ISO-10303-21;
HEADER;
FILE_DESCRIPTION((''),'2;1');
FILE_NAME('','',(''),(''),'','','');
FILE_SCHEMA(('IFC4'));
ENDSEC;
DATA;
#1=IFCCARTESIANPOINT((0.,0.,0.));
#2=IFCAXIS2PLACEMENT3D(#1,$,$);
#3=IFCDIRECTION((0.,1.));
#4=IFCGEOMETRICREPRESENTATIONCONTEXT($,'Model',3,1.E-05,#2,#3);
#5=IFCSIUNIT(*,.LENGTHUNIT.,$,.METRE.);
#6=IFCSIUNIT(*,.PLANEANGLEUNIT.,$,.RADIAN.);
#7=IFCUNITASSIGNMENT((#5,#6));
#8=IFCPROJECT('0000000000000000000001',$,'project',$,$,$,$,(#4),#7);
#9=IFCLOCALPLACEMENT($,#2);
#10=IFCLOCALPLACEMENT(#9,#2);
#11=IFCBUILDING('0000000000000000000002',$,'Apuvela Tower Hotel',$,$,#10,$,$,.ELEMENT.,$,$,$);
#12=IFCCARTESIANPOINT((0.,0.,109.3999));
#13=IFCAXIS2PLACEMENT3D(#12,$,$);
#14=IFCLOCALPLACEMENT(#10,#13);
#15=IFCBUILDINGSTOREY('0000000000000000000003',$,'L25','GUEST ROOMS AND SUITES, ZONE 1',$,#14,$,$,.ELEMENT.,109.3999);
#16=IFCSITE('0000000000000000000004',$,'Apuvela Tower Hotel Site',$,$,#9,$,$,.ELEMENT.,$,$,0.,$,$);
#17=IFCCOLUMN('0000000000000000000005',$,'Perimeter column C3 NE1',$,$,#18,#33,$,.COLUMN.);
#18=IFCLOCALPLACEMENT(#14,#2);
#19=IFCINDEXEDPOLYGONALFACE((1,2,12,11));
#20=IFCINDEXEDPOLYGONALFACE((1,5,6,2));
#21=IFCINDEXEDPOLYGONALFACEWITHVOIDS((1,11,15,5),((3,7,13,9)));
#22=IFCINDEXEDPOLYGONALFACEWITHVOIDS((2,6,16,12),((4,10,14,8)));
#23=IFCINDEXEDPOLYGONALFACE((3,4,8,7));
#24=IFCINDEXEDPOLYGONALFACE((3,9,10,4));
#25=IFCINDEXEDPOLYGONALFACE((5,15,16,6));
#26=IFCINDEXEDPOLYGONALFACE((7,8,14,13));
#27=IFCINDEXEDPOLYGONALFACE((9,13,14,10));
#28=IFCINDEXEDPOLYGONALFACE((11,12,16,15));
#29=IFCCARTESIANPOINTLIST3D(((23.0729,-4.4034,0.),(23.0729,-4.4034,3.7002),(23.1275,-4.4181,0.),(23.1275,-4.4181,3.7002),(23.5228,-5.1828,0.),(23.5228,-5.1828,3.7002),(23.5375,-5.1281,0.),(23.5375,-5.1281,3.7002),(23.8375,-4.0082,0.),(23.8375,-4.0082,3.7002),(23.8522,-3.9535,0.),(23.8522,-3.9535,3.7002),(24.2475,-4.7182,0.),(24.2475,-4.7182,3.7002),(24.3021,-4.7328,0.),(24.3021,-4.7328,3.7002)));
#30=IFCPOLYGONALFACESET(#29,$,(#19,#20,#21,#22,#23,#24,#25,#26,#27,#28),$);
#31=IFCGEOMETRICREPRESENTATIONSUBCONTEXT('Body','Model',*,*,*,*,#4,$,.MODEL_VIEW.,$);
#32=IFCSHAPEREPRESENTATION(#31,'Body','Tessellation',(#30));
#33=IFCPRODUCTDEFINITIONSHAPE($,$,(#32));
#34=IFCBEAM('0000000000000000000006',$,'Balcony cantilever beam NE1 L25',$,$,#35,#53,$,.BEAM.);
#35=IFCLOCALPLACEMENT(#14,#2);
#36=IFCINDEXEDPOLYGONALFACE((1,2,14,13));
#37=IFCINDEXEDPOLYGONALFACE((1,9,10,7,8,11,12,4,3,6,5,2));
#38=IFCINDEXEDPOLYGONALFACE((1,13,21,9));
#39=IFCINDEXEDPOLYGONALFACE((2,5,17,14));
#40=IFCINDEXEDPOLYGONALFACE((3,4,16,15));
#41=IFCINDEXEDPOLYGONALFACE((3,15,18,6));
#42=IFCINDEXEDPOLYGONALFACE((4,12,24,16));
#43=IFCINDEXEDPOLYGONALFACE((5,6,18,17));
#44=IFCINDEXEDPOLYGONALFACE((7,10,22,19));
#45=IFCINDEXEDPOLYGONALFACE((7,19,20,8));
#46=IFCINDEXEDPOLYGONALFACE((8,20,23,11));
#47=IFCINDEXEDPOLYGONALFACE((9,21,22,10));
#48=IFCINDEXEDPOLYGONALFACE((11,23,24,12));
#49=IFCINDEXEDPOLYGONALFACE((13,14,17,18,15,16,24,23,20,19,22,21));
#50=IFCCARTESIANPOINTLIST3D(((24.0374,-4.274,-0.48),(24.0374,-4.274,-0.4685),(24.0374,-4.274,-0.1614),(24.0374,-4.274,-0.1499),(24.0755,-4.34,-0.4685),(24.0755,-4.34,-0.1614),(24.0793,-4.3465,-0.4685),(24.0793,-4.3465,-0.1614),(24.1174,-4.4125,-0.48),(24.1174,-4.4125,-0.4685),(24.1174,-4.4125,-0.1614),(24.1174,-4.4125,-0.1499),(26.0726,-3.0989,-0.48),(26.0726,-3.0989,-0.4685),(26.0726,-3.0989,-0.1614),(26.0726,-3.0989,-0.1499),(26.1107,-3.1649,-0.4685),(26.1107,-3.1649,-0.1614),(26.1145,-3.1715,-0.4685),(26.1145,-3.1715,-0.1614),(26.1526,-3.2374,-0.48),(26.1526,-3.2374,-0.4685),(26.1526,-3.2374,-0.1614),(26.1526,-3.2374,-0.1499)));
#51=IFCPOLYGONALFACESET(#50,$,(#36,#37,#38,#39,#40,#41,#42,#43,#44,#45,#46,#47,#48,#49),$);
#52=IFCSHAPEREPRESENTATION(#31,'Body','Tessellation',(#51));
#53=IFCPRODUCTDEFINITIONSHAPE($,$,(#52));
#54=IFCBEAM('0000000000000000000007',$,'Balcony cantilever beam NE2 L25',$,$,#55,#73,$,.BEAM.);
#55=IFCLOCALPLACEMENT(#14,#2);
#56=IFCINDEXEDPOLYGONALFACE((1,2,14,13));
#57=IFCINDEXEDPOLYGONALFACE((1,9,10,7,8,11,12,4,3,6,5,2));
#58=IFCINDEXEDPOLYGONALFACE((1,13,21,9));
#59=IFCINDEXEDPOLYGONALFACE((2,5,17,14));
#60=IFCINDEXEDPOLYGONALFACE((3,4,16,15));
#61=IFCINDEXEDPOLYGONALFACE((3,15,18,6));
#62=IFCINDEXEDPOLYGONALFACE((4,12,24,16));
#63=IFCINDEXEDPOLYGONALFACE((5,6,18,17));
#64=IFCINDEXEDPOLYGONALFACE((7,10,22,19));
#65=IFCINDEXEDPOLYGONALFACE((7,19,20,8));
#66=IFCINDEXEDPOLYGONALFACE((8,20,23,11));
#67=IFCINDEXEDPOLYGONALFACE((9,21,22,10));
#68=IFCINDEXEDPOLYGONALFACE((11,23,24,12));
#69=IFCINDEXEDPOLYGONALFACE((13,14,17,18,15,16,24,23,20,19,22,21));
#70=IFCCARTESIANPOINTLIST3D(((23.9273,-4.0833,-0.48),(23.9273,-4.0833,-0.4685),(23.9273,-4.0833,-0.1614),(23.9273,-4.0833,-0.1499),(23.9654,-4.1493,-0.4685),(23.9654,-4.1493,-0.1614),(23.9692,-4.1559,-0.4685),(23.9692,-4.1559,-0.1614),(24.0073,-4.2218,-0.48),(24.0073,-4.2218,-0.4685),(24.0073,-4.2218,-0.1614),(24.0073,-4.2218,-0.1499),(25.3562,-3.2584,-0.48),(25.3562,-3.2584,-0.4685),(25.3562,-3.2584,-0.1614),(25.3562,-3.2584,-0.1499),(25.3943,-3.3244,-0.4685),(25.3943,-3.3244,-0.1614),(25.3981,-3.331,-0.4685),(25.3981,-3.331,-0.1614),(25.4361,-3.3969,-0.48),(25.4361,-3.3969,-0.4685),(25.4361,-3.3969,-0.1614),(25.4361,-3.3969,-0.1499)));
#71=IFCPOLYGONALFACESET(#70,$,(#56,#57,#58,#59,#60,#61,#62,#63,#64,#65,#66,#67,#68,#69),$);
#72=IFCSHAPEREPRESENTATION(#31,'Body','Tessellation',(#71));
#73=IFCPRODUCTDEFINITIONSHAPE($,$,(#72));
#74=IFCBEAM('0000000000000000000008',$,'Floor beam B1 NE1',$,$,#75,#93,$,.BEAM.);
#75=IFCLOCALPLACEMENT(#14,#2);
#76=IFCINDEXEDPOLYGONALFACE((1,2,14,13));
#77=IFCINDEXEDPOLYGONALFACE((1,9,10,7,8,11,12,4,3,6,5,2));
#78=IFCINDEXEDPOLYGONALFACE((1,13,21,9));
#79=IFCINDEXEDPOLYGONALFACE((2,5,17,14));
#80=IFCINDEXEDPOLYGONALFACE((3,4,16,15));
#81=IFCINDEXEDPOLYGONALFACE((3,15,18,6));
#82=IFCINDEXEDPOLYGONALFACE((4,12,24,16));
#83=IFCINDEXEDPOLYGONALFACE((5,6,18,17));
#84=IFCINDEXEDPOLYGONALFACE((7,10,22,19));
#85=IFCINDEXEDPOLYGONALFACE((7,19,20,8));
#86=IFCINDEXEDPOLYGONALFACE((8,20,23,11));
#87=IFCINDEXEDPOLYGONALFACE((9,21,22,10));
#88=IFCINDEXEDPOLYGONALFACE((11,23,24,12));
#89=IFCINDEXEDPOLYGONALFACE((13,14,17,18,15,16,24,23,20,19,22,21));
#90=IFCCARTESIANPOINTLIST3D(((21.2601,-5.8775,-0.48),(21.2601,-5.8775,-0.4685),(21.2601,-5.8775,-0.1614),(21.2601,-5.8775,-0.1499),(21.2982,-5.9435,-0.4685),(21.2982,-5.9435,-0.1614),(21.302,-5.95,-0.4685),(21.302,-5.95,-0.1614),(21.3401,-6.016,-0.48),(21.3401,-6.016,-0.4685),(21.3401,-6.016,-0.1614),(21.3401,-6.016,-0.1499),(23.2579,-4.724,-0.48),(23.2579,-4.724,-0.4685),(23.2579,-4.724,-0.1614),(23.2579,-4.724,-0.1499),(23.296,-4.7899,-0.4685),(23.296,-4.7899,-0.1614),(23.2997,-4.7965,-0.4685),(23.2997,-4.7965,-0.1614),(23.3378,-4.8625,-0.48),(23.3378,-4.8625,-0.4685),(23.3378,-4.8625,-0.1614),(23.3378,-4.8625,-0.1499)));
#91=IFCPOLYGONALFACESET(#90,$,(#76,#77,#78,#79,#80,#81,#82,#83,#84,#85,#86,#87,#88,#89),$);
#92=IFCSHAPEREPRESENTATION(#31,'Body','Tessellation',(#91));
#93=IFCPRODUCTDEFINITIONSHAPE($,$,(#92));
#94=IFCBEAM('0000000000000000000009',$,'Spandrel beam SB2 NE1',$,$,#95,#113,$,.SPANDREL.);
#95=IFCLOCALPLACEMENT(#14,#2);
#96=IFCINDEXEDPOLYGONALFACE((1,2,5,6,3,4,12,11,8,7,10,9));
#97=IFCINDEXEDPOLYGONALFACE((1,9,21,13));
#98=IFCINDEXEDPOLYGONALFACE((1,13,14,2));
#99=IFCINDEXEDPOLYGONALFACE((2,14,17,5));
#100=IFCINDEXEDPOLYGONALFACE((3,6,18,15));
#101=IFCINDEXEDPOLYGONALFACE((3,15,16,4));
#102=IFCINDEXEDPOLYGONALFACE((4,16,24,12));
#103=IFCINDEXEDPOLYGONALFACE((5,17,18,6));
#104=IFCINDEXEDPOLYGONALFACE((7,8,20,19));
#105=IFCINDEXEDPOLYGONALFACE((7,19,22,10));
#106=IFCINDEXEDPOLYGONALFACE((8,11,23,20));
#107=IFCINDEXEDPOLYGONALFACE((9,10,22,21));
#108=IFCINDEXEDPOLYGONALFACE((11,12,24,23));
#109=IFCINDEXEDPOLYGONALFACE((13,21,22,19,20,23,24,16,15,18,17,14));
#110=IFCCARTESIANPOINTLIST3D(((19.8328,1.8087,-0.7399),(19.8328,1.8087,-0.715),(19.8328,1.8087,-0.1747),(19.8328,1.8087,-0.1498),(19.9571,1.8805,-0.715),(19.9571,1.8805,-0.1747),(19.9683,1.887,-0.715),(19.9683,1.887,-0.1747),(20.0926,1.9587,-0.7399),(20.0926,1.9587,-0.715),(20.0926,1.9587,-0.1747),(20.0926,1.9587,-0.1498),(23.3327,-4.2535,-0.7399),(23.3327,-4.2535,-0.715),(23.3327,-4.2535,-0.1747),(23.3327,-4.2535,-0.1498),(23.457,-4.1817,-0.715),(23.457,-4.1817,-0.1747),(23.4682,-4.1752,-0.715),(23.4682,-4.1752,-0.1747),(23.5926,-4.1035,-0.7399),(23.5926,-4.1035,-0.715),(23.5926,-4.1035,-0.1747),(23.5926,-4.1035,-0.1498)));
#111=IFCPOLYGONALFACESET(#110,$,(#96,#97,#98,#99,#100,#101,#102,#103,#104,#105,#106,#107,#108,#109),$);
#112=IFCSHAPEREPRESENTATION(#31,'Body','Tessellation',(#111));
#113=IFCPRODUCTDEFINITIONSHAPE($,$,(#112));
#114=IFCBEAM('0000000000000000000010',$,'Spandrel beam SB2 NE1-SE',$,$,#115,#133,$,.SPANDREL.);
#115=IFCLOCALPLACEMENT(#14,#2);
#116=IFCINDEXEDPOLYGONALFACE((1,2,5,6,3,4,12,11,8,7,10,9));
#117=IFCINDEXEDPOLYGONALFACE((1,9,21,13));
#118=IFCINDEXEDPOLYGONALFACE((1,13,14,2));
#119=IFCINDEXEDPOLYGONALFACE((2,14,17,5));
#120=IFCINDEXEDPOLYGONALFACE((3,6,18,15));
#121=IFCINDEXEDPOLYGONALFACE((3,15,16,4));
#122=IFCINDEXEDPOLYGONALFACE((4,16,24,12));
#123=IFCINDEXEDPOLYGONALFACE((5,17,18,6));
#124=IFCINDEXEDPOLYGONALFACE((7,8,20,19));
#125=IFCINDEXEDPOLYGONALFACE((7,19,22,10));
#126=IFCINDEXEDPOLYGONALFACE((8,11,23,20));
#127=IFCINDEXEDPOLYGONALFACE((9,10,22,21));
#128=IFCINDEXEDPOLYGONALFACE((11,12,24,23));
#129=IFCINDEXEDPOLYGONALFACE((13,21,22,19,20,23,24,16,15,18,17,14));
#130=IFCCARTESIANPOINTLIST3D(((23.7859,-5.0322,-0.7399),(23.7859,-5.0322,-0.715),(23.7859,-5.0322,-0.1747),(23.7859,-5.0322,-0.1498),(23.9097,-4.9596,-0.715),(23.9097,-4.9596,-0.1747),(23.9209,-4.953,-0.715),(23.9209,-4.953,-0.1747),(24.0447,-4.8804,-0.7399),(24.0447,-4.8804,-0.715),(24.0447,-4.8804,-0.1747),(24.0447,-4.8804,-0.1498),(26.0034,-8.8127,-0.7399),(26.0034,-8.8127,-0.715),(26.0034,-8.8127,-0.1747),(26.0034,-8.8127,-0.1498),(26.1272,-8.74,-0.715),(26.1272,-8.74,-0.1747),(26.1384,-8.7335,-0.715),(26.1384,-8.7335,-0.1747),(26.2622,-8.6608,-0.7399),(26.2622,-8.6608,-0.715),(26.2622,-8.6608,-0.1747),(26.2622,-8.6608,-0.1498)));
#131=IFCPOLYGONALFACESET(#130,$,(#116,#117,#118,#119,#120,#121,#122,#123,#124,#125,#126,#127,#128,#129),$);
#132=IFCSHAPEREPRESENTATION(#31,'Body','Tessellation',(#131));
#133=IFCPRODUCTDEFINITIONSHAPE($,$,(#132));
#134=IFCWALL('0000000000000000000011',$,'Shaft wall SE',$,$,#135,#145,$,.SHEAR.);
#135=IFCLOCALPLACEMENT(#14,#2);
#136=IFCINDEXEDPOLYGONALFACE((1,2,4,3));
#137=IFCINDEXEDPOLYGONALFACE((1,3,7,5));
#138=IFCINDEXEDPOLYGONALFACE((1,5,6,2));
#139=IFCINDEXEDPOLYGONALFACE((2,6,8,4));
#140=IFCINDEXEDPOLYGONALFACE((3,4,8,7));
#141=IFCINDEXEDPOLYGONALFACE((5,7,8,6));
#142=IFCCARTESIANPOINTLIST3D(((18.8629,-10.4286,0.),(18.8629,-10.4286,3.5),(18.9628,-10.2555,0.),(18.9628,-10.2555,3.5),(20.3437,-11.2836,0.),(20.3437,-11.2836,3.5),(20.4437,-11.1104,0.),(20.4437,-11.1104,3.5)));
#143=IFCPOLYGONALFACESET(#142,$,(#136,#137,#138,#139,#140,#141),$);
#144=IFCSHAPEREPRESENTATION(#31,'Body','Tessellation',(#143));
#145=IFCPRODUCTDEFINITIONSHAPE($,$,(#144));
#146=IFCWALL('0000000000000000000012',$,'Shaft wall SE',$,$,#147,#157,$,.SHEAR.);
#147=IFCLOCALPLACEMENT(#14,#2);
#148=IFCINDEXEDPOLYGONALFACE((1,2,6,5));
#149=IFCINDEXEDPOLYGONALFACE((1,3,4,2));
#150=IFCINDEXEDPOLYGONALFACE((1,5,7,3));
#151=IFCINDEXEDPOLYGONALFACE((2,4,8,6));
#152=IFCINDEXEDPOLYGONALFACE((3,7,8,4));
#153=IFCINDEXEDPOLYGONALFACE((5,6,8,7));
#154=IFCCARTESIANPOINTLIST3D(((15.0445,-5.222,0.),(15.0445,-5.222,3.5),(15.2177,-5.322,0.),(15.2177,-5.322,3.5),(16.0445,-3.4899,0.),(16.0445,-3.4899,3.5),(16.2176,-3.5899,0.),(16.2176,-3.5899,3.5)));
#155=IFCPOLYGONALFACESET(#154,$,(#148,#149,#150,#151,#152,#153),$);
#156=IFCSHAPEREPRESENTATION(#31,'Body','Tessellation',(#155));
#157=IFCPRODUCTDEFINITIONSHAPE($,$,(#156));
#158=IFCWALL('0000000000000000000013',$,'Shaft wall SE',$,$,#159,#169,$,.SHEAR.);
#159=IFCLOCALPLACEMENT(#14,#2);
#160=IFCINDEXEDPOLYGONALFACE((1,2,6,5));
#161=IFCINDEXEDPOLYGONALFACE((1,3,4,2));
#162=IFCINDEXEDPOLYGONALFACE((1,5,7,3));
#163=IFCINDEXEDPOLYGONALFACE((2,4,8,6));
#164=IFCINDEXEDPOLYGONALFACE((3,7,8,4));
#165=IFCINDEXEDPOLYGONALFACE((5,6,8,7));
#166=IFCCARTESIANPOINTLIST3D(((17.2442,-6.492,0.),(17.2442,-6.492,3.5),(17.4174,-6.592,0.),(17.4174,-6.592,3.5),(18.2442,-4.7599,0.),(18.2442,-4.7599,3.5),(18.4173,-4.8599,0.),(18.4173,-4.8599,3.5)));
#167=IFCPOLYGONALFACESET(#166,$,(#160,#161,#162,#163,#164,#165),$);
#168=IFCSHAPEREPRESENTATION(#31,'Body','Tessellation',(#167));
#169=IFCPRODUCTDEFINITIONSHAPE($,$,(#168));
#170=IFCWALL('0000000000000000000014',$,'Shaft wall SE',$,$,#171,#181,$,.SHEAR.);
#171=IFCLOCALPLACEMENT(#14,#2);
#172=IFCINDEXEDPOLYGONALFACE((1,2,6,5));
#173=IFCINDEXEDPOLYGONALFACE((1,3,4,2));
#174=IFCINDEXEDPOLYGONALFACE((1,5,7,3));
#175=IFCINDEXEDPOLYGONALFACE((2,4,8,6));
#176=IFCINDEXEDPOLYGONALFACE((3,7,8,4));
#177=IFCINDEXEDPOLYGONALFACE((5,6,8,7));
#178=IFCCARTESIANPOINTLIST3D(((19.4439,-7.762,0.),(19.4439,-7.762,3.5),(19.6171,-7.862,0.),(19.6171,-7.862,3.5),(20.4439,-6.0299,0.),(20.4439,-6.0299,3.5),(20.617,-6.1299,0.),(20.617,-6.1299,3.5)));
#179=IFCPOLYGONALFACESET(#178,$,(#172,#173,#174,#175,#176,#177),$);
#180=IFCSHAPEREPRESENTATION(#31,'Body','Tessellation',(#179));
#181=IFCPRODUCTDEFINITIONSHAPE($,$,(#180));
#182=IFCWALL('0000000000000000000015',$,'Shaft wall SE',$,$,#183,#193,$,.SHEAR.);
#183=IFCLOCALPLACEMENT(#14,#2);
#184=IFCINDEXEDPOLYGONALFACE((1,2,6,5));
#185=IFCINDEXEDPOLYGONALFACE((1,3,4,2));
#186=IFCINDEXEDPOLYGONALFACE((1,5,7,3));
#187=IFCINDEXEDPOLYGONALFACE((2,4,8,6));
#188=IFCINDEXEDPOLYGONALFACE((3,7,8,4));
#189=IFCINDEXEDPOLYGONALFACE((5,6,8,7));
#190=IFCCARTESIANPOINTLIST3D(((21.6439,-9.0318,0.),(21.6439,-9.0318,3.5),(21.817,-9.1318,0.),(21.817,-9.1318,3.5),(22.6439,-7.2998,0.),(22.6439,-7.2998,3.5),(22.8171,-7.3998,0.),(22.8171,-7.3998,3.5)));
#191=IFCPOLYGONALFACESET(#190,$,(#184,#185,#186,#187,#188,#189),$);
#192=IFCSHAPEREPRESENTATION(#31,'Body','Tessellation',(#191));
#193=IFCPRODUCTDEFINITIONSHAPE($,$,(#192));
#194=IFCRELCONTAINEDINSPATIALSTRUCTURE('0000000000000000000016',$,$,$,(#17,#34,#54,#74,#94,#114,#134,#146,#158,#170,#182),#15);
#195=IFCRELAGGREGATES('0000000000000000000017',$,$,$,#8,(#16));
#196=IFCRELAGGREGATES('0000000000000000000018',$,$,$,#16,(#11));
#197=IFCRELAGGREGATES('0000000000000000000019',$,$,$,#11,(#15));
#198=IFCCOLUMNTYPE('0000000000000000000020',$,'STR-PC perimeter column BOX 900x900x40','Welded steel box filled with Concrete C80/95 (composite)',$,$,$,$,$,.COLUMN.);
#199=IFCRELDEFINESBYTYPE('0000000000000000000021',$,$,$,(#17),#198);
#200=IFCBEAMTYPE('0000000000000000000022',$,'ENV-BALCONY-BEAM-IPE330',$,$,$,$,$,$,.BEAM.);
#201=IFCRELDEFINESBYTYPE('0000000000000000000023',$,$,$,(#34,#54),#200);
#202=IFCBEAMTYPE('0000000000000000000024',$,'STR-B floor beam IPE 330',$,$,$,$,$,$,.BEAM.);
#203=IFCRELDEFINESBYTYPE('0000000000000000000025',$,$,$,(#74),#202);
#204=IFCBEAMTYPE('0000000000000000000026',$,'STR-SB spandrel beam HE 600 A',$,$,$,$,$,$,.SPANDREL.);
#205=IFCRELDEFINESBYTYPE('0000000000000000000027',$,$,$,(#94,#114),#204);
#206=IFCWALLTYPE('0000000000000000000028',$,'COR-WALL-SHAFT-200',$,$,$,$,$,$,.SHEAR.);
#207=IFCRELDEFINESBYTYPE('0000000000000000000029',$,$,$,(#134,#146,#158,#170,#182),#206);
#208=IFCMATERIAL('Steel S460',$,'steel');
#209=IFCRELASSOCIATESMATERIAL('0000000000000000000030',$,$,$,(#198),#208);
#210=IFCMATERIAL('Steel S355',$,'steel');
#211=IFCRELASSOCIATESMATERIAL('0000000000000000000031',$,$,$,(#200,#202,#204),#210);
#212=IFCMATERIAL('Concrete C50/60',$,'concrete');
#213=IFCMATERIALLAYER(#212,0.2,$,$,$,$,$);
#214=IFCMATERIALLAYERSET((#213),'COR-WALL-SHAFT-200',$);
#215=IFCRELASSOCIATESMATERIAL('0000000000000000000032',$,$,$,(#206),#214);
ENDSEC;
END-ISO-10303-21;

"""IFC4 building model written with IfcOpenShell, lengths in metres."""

from ifc_helpers import new_model, si_unit, direction, frame, frame_2d, origin, origin_2d, place, context, subcontext, project, spatial, rectangle, hollow_rectangle, i_section, extrude, material, layer, layer_set, material_profile, profile_set, type_object, element, save


model = new_model("IFC4")

# Units and contexts
model_context = context("Model", 3, precision=1e-05, world=origin(), true_north=direction((0.0, 1.0)))
body_context = subcontext(model_context, "Body", "Model", "MODEL_VIEW")
ifc_project = project(units=[si_unit("LENGTHUNIT", "METRE"), si_unit("PLANEANGLEUNIT", "RADIAN")], contexts=[model_context])

# Site, building, storey
site_placement = place(None, origin())
site = spatial("IfcSite", under=ifc_project, at=site_placement, Name="Apuvela Tower Hotel Site", CompositionType="ELEMENT", RefElevation=0.0)
building_placement = place(site_placement, origin())
building = spatial("IfcBuilding", under=site, at=building_placement, Name="Apuvela Tower Hotel", CompositionType="ELEMENT")
storey_placement = place(building_placement, frame((0.0, 0.0, 109.3999)))
storey = spatial("IfcBuildingStorey", under=building, at=storey_placement, Name="L25", Description="GUEST ROOMS AND SUITES, ZONE 1", CompositionType="ELEMENT", Elevation=109.3999)

# Column
ifc_material_1 = material(Name="Steel S460", Category="steel")
ifc_material_profile_1 = material_profile(ifc_material_1, hollow_rectangle(XDim=0.8999, YDim=0.8999, WallThickness=0.04, at=origin_2d()), Name="BOX 900x900x40")
ifc_material_2 = material(Name="Concrete C80/95", Category="concrete")
ifc_material_profile_2 = material_profile(ifc_material_2, rectangle(XDim=0.8201, YDim=0.8201, at=origin_2d()), Name="Concrete C80/95 infill")
ifc_profile_set_1 = profile_set([ifc_material_profile_1, ifc_material_profile_2], Name="Steel S460")
column_type = type_object("IfcColumnType", Name="STR-PC perimeter column BOX 900x900x40", Description="Welded steel box filled with Concrete C80/95 (composite)", PredefinedType="COLUMN", material=ifc_profile_set_1)
column_placement = place(storey_placement, frame((23.6875, -4.5681, 0.0), z_axis=(0.0, 0.0, 1.0), x_axis=(-0.5, 0.866025, 0.0)))
element("IfcColumn", 1, at=column_placement, inside=storey, type_object=column_type, Name="Perimeter column C3 NE1", PredefinedType="COLUMN", context=body_context, shape_type="SweptSolid", body=[
    extrude(hollow_rectangle(XDim=0.8999, YDim=0.8999, WallThickness=0.04, at=origin_2d()), origin(), (0.0, 0.0, 1.0), 3.7002),
])

# Beams
ifc_material_3 = material(Name="Steel S355", Category="steel")
ifc_material_profile_3 = material_profile(ifc_material_3, i_section(OverallWidth=0.1599, OverallDepth=0.3301, WebThickness=0.0076, FlangeThickness=0.0115, at=origin_2d()), Name="IPE 330")
ifc_profile_set_2 = profile_set([ifc_material_profile_3], Name="Steel S355")
beam_type_1 = type_object("IfcBeamType", Name="ENV-BALCONY-BEAM-IPE330", PredefinedType="BEAM", material=ifc_profile_set_2)
beam_1_placement = place(storey_placement, frame((24.0774, -4.3433, -0.3149), z_axis=(0.866016, 0.500016, 0.0), x_axis=(-0.500016, 0.866016, 0.0)))
element("IfcBeam", 2, at=beam_1_placement, inside=storey, type_object=beam_type_1, Name="Balcony cantilever beam NE1 L25", PredefinedType="BEAM", context=body_context, shape_type="SweptSolid", body=[
    extrude(i_section(OverallWidth=0.1599, OverallDepth=0.3301, WebThickness=0.0076, FlangeThickness=0.0115, at=origin_2d()), origin(), (0.0, 0.0, 1.0), 2.3501),
])
beam_2_placement = place(storey_placement, frame((23.9673, -4.1526, -0.3149), z_axis=(0.86604, 0.499974, 0.0), x_axis=(-0.499974, 0.86604, 0.0)))
element("IfcBeam", 3, at=beam_2_placement, inside=storey, type_object=beam_type_1, Name="Balcony cantilever beam NE2 L25", PredefinedType="BEAM", context=body_context, shape_type="SweptSolid", body=[
    extrude(i_section(OverallWidth=0.1599, OverallDepth=0.3301, WebThickness=0.0076, FlangeThickness=0.0115, at=origin_2d()), origin(), (0.0, 0.0, 1.0), 1.6499),
])
ifc_material_profile_4 = material_profile(ifc_material_3, i_section(OverallWidth=0.1599, OverallDepth=0.3301, WebThickness=0.0076, FlangeThickness=0.0115, at=origin_2d()), Name="IPE 330")
ifc_profile_set_3 = profile_set([ifc_material_profile_4], Name="Steel S355")
beam_type_2 = type_object("IfcBeamType", Name="STR-B floor beam IPE 330", PredefinedType="BEAM", material=ifc_profile_set_3)
beam_3_placement = place(storey_placement, frame((23.2979, -4.7932, -0.3149), z_axis=(-0.866001, -0.500043, 0.0), x_axis=(0.500043, -0.866001, 0.0)))
element("IfcBeam", 4, at=beam_3_placement, inside=storey, type_object=beam_type_2, Name="Floor beam B1 NE1", PredefinedType="BEAM", context=body_context, shape_type="SweptSolid", body=[
    extrude(i_section(OverallWidth=0.1599, OverallDepth=0.3301, WebThickness=0.0076, FlangeThickness=0.0115, at=origin_2d()), origin(), (0.0, 0.0, 1.0), 2.3069),
])
ifc_material_profile_5 = material_profile(ifc_material_3, i_section(OverallWidth=0.3, OverallDepth=0.5901, WebThickness=0.0129, FlangeThickness=0.0249, at=origin_2d()), Name="HE 600 A")
ifc_profile_set_4 = profile_set([ifc_material_profile_5], Name="Steel S355")
beam_type_3 = type_object("IfcBeamType", Name="STR-SB spandrel beam HE 600 A", PredefinedType="SPANDREL", material=ifc_profile_set_4)
beam_4_placement = place(storey_placement, frame((23.4626, -4.1785, -0.4448), z_axis=(-0.499995, 0.866028, 0.0), x_axis=(-0.866028, -0.499995, 0.0)))
element("IfcBeam", 5, at=beam_4_placement, inside=storey, type_object=beam_type_3, Name="Spandrel beam SB2 NE1", PredefinedType="SPANDREL", context=body_context, shape_type="SweptSolid", body=[
    extrude(i_section(OverallWidth=0.3, OverallDepth=0.5901, WebThickness=0.0129, FlangeThickness=0.0249, at=origin_2d()), origin(), (0.0, 0.0, 1.0), 7.0),
])
beam_5_placement = place(storey_placement, frame((23.9153, -4.9563, -0.4448), z_axis=(0.505951, -0.862562, 0.0), x_axis=(0.862562, 0.505951, 0.0)))
element("IfcBeam", 6, at=beam_5_placement, inside=storey, type_object=beam_type_3, Name="Spandrel beam SB2 NE1-SE", PredefinedType="SPANDREL", context=body_context, shape_type="SweptSolid", body=[
    extrude(i_section(OverallWidth=0.3, OverallDepth=0.5901, WebThickness=0.0129, FlangeThickness=0.0249, at=origin_2d()), origin(), (0.0, 0.0, 1.0), 4.3828),
])

# Walls
ifc_material_4 = material(Name="Concrete C50/60", Category="concrete")
ifc_layer_1 = layer(ifc_material_4, 0.2)
ifc_layer_set_1 = layer_set([ifc_layer_1], Name="COR-WALL-SHAFT-200")
wall_type_1 = type_object("IfcWallType", Name="COR-WALL-SHAFT-200", PredefinedType="SHEAR", material=ifc_layer_set_1)
wall_1_placement = place(storey_placement, frame((18.9128, -10.342, 0.0), z_axis=(0.0, 0.0, 1.0), x_axis=(0.866038, -0.499978, 0.0)))
element("IfcWall", 7, at=wall_1_placement, inside=storey, type_object=wall_type_1, Name="Shaft wall SE", PredefinedType="SHEAR", context=body_context, shape_type="SweptSolid", body=[
    extrude(rectangle(XDim=1.71, YDim=0.2, at=frame_2d((0.855, 0.0))), origin(), (0.0, 0.0, 1.0), 3.5),
])
for number, where, z_axis, x_axis, name in (
    (8, (15.1311, -5.272, 0.0), (0.0, 0.0, 1.0), (0.499973, 0.866041, 0.0), "Shaft wall SE"),
    (9, (17.3308, -6.542, 0.0), (0.0, 0.0, 1.0), (0.499973, 0.866041, 0.0), "Shaft wall SE"),
    (10, (19.5305, -7.812, 0.0), (0.0, 0.0, 1.0), (0.499973, 0.866041, 0.0), "Shaft wall SE"),
    (11, (21.7305, -9.0818, 0.0), (0.0, 0.0, 1.0), (0.500025, 0.866011, 0.0), "Shaft wall SE"),
):
    element("IfcWall", number, at=place(storey_placement, frame(where, z_axis=z_axis, x_axis=x_axis)), inside=storey, type_object=wall_type_1, Name=name, PredefinedType="SHEAR", context=body_context, shape_type="SweptSolid", body=[
        extrude(rectangle(XDim=2.0, YDim=0.2, at=frame_2d((1.0, 0.0))), origin(), (0.0, 0.0, 1.0), 3.5),
    ])

save(model, "model.ifc")
